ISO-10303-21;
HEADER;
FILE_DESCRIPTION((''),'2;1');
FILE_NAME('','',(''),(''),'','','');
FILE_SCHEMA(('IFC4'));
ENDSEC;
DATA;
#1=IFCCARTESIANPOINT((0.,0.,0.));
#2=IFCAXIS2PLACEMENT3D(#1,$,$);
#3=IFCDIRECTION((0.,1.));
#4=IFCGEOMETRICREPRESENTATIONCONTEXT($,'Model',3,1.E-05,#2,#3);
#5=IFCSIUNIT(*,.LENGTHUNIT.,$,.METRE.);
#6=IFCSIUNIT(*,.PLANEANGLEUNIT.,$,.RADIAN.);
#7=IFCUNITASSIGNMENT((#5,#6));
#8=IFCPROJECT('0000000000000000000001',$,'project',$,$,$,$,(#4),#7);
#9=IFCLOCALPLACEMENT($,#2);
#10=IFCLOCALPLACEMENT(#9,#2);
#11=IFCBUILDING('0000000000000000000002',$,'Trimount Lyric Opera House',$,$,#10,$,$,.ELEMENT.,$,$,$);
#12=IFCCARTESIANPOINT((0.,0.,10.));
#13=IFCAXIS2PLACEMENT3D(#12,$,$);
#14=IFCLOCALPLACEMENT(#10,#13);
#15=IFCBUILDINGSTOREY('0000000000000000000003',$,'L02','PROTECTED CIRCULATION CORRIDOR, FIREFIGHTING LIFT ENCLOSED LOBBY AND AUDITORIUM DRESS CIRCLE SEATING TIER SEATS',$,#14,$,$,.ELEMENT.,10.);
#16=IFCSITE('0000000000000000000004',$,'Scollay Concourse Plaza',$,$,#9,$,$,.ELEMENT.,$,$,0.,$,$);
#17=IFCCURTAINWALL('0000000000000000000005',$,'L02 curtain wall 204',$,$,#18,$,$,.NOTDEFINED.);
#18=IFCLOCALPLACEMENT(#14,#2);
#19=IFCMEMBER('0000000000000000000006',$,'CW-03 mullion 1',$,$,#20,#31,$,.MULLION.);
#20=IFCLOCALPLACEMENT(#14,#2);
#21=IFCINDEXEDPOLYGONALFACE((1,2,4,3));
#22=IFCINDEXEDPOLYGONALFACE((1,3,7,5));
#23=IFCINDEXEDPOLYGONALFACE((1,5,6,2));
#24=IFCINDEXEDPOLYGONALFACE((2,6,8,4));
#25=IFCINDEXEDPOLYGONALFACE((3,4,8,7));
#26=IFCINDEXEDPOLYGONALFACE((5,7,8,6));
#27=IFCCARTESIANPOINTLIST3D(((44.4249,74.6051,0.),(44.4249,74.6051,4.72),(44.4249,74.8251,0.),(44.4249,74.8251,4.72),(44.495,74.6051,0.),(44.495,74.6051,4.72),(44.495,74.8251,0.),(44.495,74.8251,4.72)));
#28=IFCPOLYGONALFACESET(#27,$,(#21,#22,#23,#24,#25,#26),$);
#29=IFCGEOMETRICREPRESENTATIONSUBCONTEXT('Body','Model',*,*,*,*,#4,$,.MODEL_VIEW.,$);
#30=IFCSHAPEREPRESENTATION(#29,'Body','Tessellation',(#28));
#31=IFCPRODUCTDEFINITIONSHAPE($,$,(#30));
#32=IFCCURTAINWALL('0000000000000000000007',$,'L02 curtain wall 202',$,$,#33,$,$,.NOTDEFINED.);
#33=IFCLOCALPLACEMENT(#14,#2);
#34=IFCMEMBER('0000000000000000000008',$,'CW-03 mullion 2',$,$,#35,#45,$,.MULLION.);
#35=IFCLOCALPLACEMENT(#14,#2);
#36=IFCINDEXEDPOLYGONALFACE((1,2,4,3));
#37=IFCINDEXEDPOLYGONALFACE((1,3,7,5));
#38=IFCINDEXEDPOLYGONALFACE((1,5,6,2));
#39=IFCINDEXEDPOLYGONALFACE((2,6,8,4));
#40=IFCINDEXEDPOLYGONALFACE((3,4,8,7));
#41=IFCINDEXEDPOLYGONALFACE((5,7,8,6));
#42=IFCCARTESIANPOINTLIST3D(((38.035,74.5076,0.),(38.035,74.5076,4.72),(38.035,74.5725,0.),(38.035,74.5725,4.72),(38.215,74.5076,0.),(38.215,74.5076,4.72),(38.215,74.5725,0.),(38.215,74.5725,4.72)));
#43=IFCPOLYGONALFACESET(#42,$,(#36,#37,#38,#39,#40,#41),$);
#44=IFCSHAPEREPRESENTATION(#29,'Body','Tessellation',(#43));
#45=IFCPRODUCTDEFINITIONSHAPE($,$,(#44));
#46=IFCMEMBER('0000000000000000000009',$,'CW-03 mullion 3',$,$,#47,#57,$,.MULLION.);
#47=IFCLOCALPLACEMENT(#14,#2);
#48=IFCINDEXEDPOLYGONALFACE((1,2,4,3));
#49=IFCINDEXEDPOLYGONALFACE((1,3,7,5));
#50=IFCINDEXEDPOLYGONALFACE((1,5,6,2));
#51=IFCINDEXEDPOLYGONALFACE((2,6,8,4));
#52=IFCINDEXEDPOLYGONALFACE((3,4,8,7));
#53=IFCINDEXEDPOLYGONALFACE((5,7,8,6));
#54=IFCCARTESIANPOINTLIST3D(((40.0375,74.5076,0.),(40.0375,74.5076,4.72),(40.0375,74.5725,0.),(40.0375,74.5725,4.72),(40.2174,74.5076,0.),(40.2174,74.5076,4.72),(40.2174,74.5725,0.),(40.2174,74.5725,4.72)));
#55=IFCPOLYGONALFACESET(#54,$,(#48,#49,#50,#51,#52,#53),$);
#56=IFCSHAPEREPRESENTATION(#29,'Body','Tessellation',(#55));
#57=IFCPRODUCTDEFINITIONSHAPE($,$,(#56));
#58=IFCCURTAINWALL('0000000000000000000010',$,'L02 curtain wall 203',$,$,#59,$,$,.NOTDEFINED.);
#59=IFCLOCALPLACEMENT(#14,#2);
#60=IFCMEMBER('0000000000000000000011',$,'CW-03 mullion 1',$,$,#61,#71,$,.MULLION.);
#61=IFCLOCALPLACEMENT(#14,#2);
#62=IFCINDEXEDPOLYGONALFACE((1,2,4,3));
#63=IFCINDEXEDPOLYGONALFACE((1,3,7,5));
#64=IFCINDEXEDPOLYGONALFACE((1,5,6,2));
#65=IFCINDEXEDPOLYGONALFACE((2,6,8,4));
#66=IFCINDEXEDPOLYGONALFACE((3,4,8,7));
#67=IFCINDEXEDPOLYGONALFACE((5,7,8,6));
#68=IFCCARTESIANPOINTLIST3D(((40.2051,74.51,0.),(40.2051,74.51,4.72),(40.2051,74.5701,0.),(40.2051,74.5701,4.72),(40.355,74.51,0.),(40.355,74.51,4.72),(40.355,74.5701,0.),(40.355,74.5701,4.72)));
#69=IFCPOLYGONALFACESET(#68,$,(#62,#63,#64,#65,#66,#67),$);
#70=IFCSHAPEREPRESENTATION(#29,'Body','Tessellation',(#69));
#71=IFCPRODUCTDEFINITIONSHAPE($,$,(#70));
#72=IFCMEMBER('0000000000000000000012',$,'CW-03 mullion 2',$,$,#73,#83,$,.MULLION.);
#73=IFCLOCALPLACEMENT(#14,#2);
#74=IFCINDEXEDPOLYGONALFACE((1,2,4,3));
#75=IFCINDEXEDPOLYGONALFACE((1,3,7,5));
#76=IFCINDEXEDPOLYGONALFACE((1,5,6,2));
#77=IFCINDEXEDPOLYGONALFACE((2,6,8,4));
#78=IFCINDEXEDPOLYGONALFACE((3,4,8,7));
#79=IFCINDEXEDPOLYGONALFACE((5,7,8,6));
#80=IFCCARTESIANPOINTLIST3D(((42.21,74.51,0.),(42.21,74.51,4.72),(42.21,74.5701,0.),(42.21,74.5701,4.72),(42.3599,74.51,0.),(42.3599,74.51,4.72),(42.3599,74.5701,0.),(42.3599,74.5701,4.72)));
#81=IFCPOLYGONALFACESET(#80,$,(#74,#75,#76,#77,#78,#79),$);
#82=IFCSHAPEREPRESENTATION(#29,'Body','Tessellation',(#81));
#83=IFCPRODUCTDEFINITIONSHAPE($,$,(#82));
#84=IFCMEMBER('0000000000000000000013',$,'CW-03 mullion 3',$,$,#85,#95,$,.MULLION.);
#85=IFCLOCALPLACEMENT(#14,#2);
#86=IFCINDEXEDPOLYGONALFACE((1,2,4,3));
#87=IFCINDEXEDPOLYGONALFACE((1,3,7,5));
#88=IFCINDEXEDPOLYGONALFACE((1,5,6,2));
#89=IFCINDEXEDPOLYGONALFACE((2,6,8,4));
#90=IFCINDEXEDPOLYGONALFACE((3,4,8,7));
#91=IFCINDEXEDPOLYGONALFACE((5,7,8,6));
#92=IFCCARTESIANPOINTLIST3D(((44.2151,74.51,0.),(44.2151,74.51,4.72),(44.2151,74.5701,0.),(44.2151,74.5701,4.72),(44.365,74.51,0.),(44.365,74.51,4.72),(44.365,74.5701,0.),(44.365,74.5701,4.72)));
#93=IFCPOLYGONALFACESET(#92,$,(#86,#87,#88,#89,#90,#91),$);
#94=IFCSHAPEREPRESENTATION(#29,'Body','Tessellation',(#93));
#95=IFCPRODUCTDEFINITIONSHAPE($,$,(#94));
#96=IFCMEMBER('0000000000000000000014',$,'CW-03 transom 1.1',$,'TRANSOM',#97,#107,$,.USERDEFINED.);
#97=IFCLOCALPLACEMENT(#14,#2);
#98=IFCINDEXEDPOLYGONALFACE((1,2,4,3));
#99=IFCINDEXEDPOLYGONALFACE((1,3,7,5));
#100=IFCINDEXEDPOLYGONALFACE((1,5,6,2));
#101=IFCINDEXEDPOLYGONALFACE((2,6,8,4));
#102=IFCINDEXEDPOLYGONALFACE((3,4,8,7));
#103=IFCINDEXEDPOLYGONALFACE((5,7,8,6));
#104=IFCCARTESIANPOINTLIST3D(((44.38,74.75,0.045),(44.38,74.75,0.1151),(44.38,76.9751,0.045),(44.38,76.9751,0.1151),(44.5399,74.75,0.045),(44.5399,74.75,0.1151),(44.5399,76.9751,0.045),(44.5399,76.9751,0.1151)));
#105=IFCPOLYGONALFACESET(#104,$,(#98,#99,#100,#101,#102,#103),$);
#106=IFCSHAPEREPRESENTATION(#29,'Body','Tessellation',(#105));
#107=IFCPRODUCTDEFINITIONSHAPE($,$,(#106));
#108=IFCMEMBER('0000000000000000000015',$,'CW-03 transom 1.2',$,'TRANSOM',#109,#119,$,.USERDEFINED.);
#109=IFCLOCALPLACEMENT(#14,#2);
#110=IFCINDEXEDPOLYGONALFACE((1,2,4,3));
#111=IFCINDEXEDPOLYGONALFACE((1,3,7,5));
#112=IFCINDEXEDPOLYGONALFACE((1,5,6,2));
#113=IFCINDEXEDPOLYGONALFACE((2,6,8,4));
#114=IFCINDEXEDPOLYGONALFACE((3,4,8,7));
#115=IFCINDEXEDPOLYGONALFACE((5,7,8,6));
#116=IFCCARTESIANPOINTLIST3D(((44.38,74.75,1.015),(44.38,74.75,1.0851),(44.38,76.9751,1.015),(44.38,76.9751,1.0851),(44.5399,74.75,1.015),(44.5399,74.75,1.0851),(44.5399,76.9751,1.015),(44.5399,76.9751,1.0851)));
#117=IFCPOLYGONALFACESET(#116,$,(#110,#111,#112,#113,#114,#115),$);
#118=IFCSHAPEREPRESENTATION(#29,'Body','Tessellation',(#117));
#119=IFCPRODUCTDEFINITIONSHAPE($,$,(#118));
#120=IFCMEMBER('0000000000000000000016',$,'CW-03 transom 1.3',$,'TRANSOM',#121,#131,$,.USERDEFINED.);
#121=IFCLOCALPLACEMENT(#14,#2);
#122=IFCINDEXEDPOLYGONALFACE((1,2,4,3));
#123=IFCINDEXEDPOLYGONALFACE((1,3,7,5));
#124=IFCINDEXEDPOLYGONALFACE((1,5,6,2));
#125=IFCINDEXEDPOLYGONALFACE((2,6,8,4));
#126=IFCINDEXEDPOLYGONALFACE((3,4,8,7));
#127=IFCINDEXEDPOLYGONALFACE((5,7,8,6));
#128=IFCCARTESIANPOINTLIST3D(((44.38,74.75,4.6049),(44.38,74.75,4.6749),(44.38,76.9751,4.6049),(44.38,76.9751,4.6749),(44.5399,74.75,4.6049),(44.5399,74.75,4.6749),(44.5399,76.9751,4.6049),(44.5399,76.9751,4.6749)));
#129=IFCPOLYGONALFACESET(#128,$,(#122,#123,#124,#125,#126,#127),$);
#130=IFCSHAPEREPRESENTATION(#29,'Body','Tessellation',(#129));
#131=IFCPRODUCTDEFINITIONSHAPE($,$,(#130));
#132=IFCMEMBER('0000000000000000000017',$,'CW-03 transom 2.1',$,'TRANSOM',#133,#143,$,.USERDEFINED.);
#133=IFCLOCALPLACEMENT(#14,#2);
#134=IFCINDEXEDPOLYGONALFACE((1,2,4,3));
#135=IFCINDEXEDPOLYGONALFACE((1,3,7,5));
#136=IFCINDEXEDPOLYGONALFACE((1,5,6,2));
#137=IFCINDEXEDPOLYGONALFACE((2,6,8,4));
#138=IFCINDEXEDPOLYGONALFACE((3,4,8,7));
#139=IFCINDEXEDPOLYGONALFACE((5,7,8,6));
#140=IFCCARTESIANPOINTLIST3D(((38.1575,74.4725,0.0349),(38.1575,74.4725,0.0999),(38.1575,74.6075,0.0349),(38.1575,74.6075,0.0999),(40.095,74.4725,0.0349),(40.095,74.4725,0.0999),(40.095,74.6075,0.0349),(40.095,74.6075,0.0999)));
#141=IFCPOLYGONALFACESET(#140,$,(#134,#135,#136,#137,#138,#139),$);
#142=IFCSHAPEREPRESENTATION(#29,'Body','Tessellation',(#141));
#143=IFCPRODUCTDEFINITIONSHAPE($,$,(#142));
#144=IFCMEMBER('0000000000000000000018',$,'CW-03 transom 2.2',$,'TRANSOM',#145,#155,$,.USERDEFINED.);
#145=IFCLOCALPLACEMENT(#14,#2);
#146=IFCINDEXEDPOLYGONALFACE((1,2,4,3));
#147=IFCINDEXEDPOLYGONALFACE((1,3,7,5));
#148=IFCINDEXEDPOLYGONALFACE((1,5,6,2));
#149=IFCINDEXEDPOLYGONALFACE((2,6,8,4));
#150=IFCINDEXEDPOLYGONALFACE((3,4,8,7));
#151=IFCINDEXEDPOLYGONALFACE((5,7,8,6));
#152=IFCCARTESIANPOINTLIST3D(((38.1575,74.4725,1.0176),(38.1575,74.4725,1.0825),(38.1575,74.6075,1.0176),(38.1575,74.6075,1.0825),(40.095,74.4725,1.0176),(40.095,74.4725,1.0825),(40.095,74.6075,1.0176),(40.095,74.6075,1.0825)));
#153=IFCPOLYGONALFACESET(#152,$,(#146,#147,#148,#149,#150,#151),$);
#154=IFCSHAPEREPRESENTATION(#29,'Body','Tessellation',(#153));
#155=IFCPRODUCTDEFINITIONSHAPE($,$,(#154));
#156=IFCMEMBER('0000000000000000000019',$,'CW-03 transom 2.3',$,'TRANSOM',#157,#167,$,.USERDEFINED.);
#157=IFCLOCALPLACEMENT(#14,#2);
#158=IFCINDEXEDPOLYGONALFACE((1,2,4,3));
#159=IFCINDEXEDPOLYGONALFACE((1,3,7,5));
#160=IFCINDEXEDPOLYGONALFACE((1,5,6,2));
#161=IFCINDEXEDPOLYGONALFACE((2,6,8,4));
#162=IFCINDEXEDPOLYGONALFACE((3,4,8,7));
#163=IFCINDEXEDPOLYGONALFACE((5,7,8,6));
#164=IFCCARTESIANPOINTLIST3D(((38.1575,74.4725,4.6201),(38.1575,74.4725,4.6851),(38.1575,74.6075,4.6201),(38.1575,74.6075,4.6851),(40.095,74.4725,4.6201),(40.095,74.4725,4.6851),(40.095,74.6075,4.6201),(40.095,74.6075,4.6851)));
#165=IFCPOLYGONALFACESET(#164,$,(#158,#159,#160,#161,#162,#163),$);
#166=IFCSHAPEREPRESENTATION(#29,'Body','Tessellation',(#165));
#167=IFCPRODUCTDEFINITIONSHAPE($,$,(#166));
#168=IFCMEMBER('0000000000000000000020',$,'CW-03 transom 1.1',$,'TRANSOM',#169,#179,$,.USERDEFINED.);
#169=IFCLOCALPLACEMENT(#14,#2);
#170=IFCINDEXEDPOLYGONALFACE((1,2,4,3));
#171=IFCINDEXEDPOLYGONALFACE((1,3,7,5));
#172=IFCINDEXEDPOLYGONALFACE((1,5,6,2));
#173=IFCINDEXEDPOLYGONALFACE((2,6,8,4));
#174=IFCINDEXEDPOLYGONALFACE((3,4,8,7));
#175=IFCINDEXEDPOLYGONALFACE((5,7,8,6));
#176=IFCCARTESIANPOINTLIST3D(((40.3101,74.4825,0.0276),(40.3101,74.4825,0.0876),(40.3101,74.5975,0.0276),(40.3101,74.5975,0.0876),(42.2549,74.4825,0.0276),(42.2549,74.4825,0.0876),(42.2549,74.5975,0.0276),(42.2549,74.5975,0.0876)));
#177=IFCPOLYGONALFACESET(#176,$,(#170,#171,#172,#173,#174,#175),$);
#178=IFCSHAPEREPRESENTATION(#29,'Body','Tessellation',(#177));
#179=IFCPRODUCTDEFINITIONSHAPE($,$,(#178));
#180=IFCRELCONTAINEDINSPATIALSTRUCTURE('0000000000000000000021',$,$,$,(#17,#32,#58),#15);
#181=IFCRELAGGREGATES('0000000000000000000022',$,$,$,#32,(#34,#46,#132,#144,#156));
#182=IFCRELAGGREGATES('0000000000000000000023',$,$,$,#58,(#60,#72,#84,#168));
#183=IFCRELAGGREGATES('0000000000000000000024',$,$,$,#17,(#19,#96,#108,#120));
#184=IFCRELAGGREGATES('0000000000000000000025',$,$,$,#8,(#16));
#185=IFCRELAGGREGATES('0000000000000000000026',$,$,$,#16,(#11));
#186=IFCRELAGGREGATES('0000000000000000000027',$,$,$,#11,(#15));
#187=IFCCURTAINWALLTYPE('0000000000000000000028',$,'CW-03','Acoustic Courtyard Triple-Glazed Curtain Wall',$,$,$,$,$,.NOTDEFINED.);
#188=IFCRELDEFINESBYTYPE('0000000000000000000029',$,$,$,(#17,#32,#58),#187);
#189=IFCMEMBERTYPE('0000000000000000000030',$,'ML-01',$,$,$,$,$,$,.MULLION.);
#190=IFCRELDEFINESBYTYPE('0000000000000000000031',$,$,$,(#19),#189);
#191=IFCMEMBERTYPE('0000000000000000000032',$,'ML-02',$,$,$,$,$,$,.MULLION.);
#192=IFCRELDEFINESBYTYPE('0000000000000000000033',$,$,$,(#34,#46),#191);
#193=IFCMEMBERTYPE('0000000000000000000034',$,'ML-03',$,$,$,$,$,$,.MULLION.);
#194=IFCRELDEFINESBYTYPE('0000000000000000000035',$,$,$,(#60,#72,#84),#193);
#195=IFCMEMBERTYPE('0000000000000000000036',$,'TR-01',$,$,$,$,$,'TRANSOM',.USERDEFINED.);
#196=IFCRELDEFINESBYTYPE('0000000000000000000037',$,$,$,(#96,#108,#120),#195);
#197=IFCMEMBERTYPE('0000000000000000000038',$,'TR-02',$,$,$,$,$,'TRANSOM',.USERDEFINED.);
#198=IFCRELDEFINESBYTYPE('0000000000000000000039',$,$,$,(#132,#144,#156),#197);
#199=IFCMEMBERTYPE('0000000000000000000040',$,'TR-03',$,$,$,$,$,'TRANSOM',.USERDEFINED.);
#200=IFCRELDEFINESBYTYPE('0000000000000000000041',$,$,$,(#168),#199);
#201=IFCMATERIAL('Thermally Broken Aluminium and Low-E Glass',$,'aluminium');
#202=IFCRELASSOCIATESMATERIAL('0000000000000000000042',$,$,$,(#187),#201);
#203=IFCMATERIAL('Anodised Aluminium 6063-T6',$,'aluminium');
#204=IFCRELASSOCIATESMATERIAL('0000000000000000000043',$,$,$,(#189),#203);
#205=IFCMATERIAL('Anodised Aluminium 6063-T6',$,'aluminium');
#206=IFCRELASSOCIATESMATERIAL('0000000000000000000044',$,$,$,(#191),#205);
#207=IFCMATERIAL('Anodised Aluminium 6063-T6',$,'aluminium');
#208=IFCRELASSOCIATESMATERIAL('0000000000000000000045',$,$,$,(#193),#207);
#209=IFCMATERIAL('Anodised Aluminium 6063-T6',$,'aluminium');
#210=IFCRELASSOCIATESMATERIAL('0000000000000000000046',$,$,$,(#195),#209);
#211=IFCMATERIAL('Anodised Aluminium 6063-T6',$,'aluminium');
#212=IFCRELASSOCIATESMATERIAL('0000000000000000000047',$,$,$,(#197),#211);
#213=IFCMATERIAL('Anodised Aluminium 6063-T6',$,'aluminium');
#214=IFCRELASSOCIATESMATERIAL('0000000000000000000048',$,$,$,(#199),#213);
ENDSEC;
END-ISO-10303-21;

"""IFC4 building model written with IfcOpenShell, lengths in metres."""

from ifc_helpers import new_model, si_unit, direction, frame, origin, origin_2d, place, context, subcontext, project, spatial, rectangle, extrude, material, material_profile, profile_set, type_object, element, aggregate, save


model = new_model("IFC4")

# Units and contexts
model_context = context("Model", 3, precision=1e-05, world=origin(), true_north=direction((0.0, 1.0)))
body_context = subcontext(model_context, "Body", "Model", "MODEL_VIEW")
ifc_project = project(units=[si_unit("LENGTHUNIT", "METRE"), si_unit("PLANEANGLEUNIT", "RADIAN")], contexts=[model_context])

# Site, building, storey
site_placement = place(None, origin())
site = spatial("IfcSite", under=ifc_project, at=site_placement, Name="Scollay Concourse Plaza", CompositionType="ELEMENT", RefElevation=0.0)
building_placement = place(site_placement, origin())
building = spatial("IfcBuilding", under=site, at=building_placement, Name="Trimount Lyric Opera House", CompositionType="ELEMENT")
storey_placement = place(building_placement, frame((0.0, 0.0, 10.0)))
storey = spatial("IfcBuildingStorey", under=building, at=storey_placement, Name="L02", Description="PROTECTED CIRCULATION CORRIDOR, FIREFIGHTING LIFT ENCLOSED LOBBY AND AUDITORIUM DRESS CIRCLE SEATING TIER SEATS", CompositionType="ELEMENT", Elevation=10.0)

# Curtain wall, member
ifc_material_1 = material(Name="Thermally Broken Aluminium and Low-E Glass", Category="aluminium")
curtain_wall_type = type_object("IfcCurtainWallType", Name="CW-03", Description="Acoustic Courtyard Triple-Glazed Curtain Wall", PredefinedType="NOTDEFINED", material=ifc_material_1)
curtain_wall_1_placement = place(storey_placement, origin())
curtain_wall_1 = element("IfcCurtainWall", 1, at=curtain_wall_1_placement, inside=storey, type_object=curtain_wall_type, Name="L02 curtain wall 204", PredefinedType="NOTDEFINED")
ifc_material_2 = material(Name="Anodised Aluminium 6063-T6", Category="aluminium")
ifc_material_profile_1 = material_profile(ifc_material_2, rectangle(XDim=0.0701, YDim=0.22, at=origin_2d()), Name="ALU-MULL-70X220")
ifc_profile_set_1 = profile_set([ifc_material_profile_1], Name="Anodised Aluminium 6063-T6")
member_type_1 = type_object("IfcMemberType", Name="ML-01", PredefinedType="MULLION", material=ifc_profile_set_1)
member_1_placement = place(storey_placement, frame((44.46, 74.7151, 0.0), z_axis=(0.0, 0.0, 1.0), x_axis=(-1.0, 0.0, 0.0)))
member_1 = element("IfcMember", 2, at=member_1_placement, type_object=member_type_1, Name="CW-03 mullion 1", PredefinedType="MULLION", context=body_context, shape_type="SweptSolid", body=[
    extrude(rectangle(XDim=0.0701, YDim=0.22, at=origin_2d()), origin(), (0.0, 0.0, 1.0), 4.72),
])

# Curtain walls, members
curtain_wall_2_placement = place(storey_placement, origin())
curtain_wall_2 = element("IfcCurtainWall", 3, at=curtain_wall_2_placement, inside=storey, type_object=curtain_wall_type, Name="L02 curtain wall 202", PredefinedType="NOTDEFINED")
ifc_material_3 = material(Name="Anodised Aluminium 6063-T6", Category="aluminium")
ifc_material_profile_2 = material_profile(ifc_material_3, rectangle(XDim=0.0649, YDim=0.1799, at=origin_2d()), Name="ALU-MULL-65X180")
ifc_profile_set_2 = profile_set([ifc_material_profile_2], Name="Anodised Aluminium 6063-T6")
member_type_2 = type_object("IfcMemberType", Name="ML-02", PredefinedType="MULLION", material=ifc_profile_set_2)
member_2_placement = place(storey_placement, frame((38.125, 74.54, 0.0), z_axis=(0.0, 0.0, 1.0), x_axis=(0.0, 1.0, 0.0)))
member_2 = element("IfcMember", 4, at=member_2_placement, type_object=member_type_2, Name="CW-03 mullion 2", PredefinedType="MULLION", context=body_context, shape_type="SweptSolid", body=[
    extrude(rectangle(XDim=0.0649, YDim=0.1799, at=origin_2d()), origin(), (0.0, 0.0, 1.0), 4.72),
])
member_3_placement = place(storey_placement, frame((40.1274, 74.54, 0.0), z_axis=(0.0, 0.0, 1.0), x_axis=(0.0, 1.0, 0.0)))
member_3 = element("IfcMember", 5, at=member_3_placement, type_object=member_type_2, Name="CW-03 mullion 3", PredefinedType="MULLION", context=body_context, shape_type="SweptSolid", body=[
    extrude(rectangle(XDim=0.0649, YDim=0.1799, at=origin_2d()), origin(), (0.0, 0.0, 1.0), 4.72),
])
curtain_wall_3_placement = place(storey_placement, origin())
curtain_wall_3 = element("IfcCurtainWall", 6, at=curtain_wall_3_placement, inside=storey, type_object=curtain_wall_type, Name="L02 curtain wall 203", PredefinedType="NOTDEFINED")
ifc_material_4 = material(Name="Anodised Aluminium 6063-T6", Category="aluminium")
ifc_material_profile_3 = material_profile(ifc_material_4, rectangle(XDim=0.0601, YDim=0.1499, at=origin_2d()), Name="ALU-MULL-60X150")
ifc_profile_set_3 = profile_set([ifc_material_profile_3], Name="Anodised Aluminium 6063-T6")
member_type_3 = type_object("IfcMemberType", Name="ML-03", PredefinedType="MULLION", material=ifc_profile_set_3)
member_4_placement = place(storey_placement, frame((40.28, 74.54, 0.0), z_axis=(0.0, 0.0, 1.0), x_axis=(0.0, 1.0, 0.0)))
member_4 = element("IfcMember", 7, at=member_4_placement, type_object=member_type_3, Name="CW-03 mullion 1", PredefinedType="MULLION", context=body_context, shape_type="SweptSolid", body=[
    extrude(rectangle(XDim=0.0601, YDim=0.1499, at=origin_2d()), origin(), (0.0, 0.0, 1.0), 4.72),
])
member_5_placement = place(storey_placement, frame((42.2849, 74.54, 0.0), z_axis=(0.0, 0.0, 1.0), x_axis=(0.0, 1.0, 0.0)))
member_5 = element("IfcMember", 8, at=member_5_placement, type_object=member_type_3, Name="CW-03 mullion 2", PredefinedType="MULLION", context=body_context, shape_type="SweptSolid", body=[
    extrude(rectangle(XDim=0.0601, YDim=0.1499, at=origin_2d()), origin(), (0.0, 0.0, 1.0), 4.72),
])
member_6_placement = place(storey_placement, frame((44.29, 74.54, 0.0), z_axis=(0.0, 0.0, 1.0), x_axis=(0.0, 1.0, 0.0)))
member_6 = element("IfcMember", 9, at=member_6_placement, type_object=member_type_3, Name="CW-03 mullion 3", PredefinedType="MULLION", context=body_context, shape_type="SweptSolid", body=[
    extrude(rectangle(XDim=0.0601, YDim=0.1499, at=origin_2d()), origin(), (0.0, 0.0, 1.0), 4.72),
])

# Members
ifc_material_5 = material(Name="Anodised Aluminium 6063-T6", Category="aluminium")
ifc_material_profile_4 = material_profile(ifc_material_5, rectangle(XDim=0.1599, YDim=0.0701, at=origin_2d()), Name="ALU-TRAN-70X160")
ifc_profile_set_4 = profile_set([ifc_material_profile_4], Name="Anodised Aluminium 6063-T6")
member_type_4 = type_object("IfcMemberType", Name="TR-01", ElementType="TRANSOM", PredefinedType="USERDEFINED", material=ifc_profile_set_4)
member_7_placement = place(storey_placement, frame((44.46, 74.75, 0.0801), z_axis=(0.0, 1.0, 0.0), x_axis=(-1.0, 0.0, 0.0)))
member_7 = element("IfcMember", 10, at=member_7_placement, type_object=member_type_4, Name="CW-03 transom 1.1", ObjectType="TRANSOM", PredefinedType="USERDEFINED", context=body_context, shape_type="SweptSolid", body=[
    extrude(rectangle(XDim=0.1599, YDim=0.0701, at=origin_2d()), origin(), (0.0, 0.0, 1.0), 2.2251),
])
member_8_placement = place(storey_placement, frame((44.46, 74.75, 1.05), z_axis=(0.0, 1.0, 0.0), x_axis=(-1.0, 0.0, 0.0)))
member_8 = element("IfcMember", 11, at=member_8_placement, type_object=member_type_4, Name="CW-03 transom 1.2", ObjectType="TRANSOM", PredefinedType="USERDEFINED", context=body_context, shape_type="SweptSolid", body=[
    extrude(rectangle(XDim=0.1599, YDim=0.0701, at=origin_2d()), origin(), (0.0, 0.0, 1.0), 2.2251),
])
member_9_placement = place(storey_placement, frame((44.46, 74.75, 4.6399), z_axis=(0.0, 1.0, 0.0), x_axis=(-1.0, 0.0, 0.0)))
member_9 = element("IfcMember", 12, at=member_9_placement, type_object=member_type_4, Name="CW-03 transom 1.3", ObjectType="TRANSOM", PredefinedType="USERDEFINED", context=body_context, shape_type="SweptSolid", body=[
    extrude(rectangle(XDim=0.1599, YDim=0.0701, at=origin_2d()), origin(), (0.0, 0.0, 1.0), 2.2251),
])
ifc_material_6 = material(Name="Anodised Aluminium 6063-T6", Category="aluminium")
ifc_material_profile_5 = material_profile(ifc_material_6, rectangle(XDim=0.135, YDim=0.0649, at=origin_2d()), Name="ALU-TRAN-65X135")
ifc_profile_set_5 = profile_set([ifc_material_profile_5], Name="Anodised Aluminium 6063-T6")
member_type_5 = type_object("IfcMemberType", Name="TR-02", ElementType="TRANSOM", PredefinedType="USERDEFINED", material=ifc_profile_set_5)
member_10_placement = place(storey_placement, frame((38.1575, 74.54, 0.0674), z_axis=(1.0, 0.0, 0.0), x_axis=(0.0, 1.0, 0.0)))
member_10 = element("IfcMember", 13, at=member_10_placement, type_object=member_type_5, Name="CW-03 transom 2.1", ObjectType="TRANSOM", PredefinedType="USERDEFINED", context=body_context, shape_type="SweptSolid", body=[
    extrude(rectangle(XDim=0.135, YDim=0.0649, at=origin_2d()), origin(), (0.0, 0.0, 1.0), 1.9375),
])
member_11_placement = place(storey_placement, frame((38.1575, 74.54, 1.05), z_axis=(1.0, 0.0, 0.0), x_axis=(0.0, 1.0, 0.0)))
member_11 = element("IfcMember", 14, at=member_11_placement, type_object=member_type_5, Name="CW-03 transom 2.2", ObjectType="TRANSOM", PredefinedType="USERDEFINED", context=body_context, shape_type="SweptSolid", body=[
    extrude(rectangle(XDim=0.135, YDim=0.0649, at=origin_2d()), origin(), (0.0, 0.0, 1.0), 1.9375),
])
member_12_placement = place(storey_placement, frame((38.1575, 74.54, 4.6526), z_axis=(1.0, 0.0, 0.0), x_axis=(0.0, 1.0, 0.0)))
member_12 = element("IfcMember", 15, at=member_12_placement, type_object=member_type_5, Name="CW-03 transom 2.3", ObjectType="TRANSOM", PredefinedType="USERDEFINED", context=body_context, shape_type="SweptSolid", body=[
    extrude(rectangle(XDim=0.135, YDim=0.0649, at=origin_2d()), origin(), (0.0, 0.0, 1.0), 1.9375),
])
ifc_material_7 = material(Name="Anodised Aluminium 6063-T6", Category="aluminium")
ifc_material_profile_6 = material_profile(ifc_material_7, rectangle(XDim=0.115, YDim=0.0601, at=origin_2d()), Name="ALU-TRAN-60X115")
ifc_profile_set_6 = profile_set([ifc_material_profile_6], Name="Anodised Aluminium 6063-T6")
member_type_6 = type_object("IfcMemberType", Name="TR-03", ElementType="TRANSOM", PredefinedType="USERDEFINED", material=ifc_profile_set_6)
member_13_placement = place(storey_placement, frame((40.3101, 74.54, 0.0576), z_axis=(1.0, 0.0, 0.0), x_axis=(0.0, 1.0, 0.0)))
member_13 = element("IfcMember", 16, at=member_13_placement, type_object=member_type_6, Name="CW-03 transom 1.1", ObjectType="TRANSOM", PredefinedType="USERDEFINED", context=body_context, shape_type="SweptSolid", body=[
    extrude(rectangle(XDim=0.115, YDim=0.0601, at=origin_2d()), origin(), (0.0, 0.0, 1.0), 1.9448),
])

aggregate(curtain_wall_2, [member_2, member_3, member_10, member_11, member_12])
aggregate(curtain_wall_3, [member_4, member_5, member_6, member_13])
aggregate(curtain_wall_1, [member_1, member_7, member_8, member_9])

save(model, "model.ifc")
